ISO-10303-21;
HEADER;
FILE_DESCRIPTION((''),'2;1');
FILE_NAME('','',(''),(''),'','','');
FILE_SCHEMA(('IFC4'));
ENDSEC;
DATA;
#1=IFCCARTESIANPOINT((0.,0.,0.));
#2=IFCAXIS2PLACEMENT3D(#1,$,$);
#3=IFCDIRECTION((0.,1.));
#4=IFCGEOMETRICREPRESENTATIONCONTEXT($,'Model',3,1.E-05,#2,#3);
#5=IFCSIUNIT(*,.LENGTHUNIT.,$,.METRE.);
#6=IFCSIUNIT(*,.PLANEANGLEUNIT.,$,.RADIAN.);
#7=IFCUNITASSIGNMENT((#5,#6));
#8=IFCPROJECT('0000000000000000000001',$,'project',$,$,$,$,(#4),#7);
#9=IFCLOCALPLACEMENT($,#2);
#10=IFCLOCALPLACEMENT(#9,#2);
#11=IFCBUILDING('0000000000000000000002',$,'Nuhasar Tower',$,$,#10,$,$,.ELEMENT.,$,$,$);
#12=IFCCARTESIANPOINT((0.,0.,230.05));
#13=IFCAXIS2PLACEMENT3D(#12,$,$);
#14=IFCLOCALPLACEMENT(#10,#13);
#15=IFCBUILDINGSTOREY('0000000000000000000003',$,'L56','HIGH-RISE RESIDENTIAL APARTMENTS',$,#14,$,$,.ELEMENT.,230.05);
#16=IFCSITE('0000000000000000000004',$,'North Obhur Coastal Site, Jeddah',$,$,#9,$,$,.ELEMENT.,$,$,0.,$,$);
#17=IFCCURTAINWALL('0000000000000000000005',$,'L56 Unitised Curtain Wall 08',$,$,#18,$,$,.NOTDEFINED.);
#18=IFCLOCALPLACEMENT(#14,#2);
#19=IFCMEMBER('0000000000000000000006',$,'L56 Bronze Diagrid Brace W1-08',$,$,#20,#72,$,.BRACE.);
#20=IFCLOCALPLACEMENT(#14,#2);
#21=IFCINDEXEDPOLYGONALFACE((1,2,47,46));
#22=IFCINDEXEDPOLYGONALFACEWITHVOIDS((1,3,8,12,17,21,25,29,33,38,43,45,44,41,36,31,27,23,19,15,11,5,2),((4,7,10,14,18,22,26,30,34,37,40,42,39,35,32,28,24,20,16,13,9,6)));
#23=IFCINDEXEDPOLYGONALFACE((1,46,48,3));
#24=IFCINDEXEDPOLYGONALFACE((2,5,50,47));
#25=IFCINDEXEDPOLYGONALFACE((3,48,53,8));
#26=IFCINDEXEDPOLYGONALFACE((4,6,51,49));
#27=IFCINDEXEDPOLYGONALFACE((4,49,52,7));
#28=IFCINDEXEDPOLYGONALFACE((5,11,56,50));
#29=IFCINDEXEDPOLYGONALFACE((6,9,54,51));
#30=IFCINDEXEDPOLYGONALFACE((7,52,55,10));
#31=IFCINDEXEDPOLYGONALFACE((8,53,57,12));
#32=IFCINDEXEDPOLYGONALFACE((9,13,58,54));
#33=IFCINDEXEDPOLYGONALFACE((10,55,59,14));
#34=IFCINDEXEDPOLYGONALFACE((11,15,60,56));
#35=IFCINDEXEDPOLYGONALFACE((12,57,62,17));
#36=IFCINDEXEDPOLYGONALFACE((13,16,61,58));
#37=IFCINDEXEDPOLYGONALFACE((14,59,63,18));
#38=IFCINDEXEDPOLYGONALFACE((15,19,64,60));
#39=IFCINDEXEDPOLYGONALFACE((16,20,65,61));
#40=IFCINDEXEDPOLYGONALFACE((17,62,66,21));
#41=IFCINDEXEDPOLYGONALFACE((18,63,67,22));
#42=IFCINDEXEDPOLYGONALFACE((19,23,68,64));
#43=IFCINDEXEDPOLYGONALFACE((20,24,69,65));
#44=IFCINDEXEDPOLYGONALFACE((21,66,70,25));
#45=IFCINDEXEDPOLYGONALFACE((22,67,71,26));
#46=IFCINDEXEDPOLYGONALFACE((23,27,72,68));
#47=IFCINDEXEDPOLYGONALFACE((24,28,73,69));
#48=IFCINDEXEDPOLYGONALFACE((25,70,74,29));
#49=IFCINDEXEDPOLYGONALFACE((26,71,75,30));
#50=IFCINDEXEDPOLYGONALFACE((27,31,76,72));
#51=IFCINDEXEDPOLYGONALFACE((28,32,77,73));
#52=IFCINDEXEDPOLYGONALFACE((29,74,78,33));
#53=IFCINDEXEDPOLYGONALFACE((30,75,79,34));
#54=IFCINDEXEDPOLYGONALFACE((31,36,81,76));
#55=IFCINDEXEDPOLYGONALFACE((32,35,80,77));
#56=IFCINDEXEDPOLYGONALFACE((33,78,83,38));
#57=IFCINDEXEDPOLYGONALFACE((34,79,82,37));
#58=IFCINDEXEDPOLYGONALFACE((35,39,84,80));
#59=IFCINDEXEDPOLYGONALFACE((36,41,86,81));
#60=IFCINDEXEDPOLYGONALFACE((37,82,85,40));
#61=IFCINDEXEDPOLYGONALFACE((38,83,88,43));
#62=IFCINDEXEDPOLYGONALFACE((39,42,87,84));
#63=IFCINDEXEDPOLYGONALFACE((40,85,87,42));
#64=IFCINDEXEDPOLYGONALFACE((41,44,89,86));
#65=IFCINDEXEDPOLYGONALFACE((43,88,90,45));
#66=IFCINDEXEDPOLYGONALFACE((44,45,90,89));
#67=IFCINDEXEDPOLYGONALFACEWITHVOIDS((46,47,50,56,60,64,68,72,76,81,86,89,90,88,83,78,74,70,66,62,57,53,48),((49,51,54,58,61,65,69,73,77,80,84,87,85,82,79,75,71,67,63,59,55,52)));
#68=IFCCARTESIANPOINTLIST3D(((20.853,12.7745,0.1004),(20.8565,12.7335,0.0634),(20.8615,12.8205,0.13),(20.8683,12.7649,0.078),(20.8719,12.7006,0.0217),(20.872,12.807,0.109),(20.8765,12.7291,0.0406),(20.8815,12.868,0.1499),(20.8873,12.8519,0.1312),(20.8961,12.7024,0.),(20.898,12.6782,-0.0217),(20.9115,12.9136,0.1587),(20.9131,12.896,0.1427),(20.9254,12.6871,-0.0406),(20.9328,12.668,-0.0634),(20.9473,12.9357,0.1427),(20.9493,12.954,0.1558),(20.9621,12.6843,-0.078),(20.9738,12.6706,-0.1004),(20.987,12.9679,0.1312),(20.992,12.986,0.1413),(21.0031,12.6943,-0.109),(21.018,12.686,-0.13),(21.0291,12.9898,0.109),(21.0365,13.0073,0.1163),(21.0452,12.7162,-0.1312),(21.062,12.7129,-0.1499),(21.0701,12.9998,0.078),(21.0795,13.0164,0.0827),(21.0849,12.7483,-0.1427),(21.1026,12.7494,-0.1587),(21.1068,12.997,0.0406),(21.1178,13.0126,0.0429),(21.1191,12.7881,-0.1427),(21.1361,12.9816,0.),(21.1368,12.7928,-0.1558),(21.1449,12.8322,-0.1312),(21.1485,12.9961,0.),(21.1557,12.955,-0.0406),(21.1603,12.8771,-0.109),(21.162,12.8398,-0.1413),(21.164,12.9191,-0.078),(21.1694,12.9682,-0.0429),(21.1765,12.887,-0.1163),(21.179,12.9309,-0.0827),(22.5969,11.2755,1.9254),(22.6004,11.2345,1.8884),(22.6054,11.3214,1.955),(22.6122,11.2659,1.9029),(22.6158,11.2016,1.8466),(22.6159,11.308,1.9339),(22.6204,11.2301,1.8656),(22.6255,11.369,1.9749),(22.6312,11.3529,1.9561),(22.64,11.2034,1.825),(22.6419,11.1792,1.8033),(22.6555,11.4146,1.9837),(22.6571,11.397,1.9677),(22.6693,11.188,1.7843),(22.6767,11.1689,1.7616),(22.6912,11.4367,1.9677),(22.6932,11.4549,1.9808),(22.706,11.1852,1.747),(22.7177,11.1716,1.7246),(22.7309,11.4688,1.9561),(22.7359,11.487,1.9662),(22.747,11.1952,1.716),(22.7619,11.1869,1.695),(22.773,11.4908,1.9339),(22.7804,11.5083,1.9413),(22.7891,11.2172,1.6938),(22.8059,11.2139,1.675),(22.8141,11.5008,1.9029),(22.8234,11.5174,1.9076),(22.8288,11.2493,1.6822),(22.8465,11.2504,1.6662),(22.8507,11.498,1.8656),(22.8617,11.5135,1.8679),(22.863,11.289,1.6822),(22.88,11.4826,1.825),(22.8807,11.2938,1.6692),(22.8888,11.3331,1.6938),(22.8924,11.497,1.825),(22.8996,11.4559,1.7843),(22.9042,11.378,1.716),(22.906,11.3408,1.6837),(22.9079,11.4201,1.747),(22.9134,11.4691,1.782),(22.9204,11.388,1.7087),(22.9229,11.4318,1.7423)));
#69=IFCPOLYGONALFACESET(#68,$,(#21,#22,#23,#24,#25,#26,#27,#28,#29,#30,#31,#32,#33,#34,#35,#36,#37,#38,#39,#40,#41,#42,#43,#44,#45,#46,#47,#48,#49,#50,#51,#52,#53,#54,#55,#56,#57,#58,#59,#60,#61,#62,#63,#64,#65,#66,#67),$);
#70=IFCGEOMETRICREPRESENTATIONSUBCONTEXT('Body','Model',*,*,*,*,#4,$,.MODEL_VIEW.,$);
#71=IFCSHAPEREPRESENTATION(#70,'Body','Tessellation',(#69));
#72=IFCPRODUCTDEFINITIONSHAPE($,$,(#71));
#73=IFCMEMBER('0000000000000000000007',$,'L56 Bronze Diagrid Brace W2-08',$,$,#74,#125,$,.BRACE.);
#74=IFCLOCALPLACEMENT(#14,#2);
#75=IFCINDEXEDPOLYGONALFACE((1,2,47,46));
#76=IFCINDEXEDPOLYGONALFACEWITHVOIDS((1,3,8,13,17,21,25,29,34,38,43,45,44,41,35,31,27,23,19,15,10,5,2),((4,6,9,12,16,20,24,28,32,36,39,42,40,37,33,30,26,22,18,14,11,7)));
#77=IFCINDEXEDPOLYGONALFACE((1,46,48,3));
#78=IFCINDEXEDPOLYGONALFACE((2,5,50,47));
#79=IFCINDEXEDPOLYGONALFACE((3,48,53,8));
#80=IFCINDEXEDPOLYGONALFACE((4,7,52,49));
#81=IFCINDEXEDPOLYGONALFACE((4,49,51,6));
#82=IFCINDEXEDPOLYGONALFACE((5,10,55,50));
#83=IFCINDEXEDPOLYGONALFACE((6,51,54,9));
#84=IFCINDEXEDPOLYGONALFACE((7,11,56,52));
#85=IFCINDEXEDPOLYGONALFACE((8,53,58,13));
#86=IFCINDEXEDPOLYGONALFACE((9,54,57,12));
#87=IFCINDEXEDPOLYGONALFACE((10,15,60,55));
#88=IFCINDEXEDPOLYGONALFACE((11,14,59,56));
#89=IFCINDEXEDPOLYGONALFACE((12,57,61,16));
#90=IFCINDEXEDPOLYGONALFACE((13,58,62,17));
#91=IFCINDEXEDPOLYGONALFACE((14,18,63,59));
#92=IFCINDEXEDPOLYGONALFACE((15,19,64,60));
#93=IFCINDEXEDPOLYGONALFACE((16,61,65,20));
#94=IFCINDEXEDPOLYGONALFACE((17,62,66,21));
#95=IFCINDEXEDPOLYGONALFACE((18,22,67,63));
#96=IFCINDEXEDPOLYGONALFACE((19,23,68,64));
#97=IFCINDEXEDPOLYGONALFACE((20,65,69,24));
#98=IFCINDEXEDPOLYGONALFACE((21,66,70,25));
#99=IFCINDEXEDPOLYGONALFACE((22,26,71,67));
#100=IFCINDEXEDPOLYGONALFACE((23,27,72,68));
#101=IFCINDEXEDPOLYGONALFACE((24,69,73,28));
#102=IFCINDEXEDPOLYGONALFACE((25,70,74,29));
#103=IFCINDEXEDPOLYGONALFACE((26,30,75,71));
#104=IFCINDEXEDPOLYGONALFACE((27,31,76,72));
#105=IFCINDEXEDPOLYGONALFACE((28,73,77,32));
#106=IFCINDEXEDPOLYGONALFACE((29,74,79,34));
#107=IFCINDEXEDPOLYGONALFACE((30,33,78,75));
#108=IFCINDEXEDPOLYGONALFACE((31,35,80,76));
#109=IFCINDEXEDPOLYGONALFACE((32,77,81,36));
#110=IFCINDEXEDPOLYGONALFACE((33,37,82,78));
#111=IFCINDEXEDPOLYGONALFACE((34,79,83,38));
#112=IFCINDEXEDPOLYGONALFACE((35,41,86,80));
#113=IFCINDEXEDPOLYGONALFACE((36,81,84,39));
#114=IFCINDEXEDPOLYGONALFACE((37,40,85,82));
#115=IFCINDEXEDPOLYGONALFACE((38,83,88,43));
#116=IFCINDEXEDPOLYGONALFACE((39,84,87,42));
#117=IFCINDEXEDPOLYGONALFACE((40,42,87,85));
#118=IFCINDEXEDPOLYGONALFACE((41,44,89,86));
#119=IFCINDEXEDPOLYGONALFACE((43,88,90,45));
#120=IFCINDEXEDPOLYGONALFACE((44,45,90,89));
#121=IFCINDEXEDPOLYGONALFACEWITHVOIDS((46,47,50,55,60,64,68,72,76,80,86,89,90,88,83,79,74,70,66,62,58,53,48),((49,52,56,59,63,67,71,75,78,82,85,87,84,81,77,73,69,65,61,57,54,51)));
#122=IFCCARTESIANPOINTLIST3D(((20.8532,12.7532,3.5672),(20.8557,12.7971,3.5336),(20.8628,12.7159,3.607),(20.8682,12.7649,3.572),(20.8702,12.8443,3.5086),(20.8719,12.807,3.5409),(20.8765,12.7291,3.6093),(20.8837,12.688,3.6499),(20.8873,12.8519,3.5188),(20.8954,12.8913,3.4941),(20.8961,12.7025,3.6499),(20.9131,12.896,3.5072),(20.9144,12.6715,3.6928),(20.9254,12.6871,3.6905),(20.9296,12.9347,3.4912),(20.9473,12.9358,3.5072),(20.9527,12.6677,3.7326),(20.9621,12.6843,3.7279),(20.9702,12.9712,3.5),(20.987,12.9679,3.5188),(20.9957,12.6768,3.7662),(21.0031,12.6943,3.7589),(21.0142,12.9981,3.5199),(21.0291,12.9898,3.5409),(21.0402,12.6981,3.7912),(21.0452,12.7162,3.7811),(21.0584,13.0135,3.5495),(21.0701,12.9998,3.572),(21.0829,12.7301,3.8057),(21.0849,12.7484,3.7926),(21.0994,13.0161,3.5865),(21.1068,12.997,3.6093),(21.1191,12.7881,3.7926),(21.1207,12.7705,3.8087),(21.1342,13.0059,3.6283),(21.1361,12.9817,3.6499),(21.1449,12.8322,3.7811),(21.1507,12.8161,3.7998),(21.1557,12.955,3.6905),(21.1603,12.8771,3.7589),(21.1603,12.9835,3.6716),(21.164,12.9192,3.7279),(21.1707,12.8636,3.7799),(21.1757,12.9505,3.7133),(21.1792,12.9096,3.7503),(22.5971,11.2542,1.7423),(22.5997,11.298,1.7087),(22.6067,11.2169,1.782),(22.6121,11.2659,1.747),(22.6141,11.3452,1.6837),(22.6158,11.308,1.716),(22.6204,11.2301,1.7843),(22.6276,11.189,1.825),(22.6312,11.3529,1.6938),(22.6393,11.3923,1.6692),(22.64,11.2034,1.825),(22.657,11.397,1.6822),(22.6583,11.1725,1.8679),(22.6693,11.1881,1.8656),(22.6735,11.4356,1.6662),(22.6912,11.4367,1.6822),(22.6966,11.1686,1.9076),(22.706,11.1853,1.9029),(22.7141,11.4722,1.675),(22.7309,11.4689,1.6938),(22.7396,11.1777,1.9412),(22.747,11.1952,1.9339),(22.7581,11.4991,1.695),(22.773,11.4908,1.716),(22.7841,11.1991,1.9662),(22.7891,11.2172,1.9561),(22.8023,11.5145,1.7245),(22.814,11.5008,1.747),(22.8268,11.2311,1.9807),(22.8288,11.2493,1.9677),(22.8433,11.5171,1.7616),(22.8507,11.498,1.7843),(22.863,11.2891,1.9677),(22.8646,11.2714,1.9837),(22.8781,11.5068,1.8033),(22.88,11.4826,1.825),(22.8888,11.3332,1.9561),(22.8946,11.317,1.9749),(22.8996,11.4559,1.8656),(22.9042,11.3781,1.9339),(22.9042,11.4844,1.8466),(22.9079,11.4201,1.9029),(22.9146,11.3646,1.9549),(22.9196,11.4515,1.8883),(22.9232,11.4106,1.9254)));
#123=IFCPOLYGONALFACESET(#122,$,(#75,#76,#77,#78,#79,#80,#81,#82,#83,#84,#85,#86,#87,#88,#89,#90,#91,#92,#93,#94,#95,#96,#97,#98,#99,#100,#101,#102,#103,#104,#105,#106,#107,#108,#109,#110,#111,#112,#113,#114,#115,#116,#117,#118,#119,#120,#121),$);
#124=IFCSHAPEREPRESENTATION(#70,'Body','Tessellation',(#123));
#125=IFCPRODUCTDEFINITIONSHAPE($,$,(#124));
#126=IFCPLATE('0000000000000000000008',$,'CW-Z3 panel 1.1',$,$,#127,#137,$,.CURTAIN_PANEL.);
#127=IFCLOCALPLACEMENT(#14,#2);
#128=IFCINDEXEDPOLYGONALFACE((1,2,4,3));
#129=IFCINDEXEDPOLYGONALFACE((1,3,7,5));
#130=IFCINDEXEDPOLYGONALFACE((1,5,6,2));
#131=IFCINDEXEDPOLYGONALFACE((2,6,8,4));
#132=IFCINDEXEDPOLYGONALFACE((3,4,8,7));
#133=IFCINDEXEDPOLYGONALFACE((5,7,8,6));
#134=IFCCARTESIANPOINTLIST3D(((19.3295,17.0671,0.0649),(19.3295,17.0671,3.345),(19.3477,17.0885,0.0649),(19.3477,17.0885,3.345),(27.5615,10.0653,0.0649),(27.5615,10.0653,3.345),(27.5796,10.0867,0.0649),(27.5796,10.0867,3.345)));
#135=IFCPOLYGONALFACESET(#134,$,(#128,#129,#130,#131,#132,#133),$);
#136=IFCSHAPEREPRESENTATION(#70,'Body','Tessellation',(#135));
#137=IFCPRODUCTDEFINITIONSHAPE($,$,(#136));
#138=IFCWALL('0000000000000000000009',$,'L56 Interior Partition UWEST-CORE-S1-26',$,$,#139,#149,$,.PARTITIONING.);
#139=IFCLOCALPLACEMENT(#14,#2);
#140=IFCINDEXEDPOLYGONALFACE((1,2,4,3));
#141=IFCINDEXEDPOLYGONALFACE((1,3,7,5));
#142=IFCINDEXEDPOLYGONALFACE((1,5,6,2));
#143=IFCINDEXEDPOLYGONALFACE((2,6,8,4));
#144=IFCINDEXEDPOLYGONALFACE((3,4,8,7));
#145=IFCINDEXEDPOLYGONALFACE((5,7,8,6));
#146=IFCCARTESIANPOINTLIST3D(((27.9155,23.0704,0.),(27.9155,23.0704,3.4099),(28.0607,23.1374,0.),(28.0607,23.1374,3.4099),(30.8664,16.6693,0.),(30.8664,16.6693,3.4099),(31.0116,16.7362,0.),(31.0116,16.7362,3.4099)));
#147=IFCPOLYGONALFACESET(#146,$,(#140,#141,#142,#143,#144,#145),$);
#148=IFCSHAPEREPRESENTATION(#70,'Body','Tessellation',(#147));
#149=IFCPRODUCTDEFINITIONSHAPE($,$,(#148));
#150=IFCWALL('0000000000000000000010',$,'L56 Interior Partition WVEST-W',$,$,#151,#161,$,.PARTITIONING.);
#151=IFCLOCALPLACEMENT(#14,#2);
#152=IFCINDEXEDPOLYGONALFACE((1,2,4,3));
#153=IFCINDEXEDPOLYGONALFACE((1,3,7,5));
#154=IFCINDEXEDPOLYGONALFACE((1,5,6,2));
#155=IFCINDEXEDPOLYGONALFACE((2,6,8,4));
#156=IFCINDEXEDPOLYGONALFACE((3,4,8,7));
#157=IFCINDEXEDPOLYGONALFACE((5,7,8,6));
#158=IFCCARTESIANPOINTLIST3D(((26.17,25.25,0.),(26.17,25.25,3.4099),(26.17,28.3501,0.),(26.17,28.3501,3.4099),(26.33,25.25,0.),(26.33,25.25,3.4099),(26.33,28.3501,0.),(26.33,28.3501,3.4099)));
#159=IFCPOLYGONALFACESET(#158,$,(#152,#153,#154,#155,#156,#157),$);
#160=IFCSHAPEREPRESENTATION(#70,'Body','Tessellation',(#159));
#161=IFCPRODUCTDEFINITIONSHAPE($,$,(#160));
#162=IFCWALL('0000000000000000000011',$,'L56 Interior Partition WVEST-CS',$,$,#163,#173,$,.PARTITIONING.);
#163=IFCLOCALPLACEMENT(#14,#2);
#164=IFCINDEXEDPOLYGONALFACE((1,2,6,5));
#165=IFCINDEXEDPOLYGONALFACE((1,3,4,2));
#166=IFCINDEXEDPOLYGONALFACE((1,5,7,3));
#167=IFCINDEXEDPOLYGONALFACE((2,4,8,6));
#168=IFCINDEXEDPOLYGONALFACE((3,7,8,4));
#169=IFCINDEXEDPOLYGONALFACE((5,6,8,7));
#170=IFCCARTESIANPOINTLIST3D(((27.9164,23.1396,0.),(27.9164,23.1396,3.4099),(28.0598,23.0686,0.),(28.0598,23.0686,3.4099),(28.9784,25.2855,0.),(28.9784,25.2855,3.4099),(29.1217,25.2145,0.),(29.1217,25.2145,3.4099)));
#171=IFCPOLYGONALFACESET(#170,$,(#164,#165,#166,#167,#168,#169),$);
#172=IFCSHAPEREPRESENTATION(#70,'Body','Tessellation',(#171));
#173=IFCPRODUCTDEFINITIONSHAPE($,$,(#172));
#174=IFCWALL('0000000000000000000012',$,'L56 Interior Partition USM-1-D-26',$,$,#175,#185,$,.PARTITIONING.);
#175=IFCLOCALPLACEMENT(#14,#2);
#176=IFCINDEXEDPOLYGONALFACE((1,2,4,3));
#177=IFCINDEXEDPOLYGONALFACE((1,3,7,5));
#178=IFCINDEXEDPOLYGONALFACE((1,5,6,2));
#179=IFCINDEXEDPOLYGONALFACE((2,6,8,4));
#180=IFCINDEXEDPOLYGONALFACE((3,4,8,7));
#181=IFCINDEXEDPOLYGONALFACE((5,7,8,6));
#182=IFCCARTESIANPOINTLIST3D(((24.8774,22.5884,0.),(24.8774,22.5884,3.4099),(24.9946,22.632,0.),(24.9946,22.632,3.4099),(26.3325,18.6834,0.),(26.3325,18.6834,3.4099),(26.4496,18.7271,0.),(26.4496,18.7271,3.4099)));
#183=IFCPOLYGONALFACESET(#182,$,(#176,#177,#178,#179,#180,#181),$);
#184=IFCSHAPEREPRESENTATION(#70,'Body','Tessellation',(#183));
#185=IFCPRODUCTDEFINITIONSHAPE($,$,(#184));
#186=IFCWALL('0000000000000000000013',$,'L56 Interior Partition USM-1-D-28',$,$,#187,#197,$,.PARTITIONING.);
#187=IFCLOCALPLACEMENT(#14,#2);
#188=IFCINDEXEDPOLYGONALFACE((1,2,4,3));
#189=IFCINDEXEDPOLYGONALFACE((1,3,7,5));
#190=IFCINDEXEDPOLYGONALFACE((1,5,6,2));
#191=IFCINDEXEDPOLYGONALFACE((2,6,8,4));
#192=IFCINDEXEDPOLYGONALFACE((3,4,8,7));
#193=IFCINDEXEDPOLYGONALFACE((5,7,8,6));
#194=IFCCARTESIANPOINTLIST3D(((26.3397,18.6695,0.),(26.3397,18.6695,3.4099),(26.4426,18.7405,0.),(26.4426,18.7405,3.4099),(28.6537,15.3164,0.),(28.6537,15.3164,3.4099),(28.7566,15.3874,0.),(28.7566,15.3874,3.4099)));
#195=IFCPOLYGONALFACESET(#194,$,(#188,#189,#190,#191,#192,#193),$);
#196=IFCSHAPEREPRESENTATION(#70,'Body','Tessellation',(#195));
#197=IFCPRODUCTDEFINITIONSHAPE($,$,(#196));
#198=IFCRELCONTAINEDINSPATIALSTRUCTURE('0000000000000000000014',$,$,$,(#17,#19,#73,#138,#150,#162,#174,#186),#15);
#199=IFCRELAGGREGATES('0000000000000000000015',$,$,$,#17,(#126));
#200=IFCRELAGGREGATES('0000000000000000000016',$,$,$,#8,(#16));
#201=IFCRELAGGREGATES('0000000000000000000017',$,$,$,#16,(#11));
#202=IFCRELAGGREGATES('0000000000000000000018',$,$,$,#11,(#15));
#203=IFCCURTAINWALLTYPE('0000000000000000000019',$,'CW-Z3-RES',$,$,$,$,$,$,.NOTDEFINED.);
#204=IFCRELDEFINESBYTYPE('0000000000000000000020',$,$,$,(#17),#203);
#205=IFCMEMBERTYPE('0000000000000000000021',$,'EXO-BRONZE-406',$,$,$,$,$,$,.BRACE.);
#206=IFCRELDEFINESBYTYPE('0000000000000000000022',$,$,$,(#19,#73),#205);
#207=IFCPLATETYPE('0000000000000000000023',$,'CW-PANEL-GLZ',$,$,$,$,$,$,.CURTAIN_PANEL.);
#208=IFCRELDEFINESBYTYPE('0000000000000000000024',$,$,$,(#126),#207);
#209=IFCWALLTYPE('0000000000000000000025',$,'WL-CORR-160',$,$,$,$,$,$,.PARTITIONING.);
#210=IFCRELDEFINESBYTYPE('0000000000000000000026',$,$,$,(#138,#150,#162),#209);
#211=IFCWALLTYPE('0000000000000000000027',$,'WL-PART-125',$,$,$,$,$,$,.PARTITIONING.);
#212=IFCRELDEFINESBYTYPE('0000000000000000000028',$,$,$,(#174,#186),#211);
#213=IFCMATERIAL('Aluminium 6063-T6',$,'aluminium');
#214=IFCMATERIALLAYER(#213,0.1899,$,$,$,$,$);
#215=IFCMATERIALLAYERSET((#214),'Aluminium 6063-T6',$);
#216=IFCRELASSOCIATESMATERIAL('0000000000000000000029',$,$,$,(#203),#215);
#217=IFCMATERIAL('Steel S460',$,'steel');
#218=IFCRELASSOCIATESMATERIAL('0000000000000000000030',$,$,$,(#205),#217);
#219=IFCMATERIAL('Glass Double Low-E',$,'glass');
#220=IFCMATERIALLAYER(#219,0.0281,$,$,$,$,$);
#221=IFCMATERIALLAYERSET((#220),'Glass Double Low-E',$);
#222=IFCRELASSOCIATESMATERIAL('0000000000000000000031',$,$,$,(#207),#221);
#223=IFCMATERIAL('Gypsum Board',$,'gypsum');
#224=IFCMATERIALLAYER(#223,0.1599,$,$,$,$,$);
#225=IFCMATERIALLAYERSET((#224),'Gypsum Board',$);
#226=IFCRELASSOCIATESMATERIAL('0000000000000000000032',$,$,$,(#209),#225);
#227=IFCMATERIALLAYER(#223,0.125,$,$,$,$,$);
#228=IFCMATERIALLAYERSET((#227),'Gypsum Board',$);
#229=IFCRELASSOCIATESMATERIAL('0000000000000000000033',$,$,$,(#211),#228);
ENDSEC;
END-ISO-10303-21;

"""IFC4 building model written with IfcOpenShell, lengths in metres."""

from ifc_helpers import new_model, si_unit, direction, frame, frame_2d, origin, origin_2d, place, context, subcontext, project, spatial, rectangle, hollow_circle, extrude, material, layer, layer_set, material_profile, profile_set, type_object, element, aggregate, save


model = new_model("IFC4")

# Units and contexts
model_context = context("Model", 3, precision=1e-05, world=origin(), true_north=direction((0.0, 1.0)))
body_context = subcontext(model_context, "Body", "Model", "MODEL_VIEW")
ifc_project = project(units=[si_unit("LENGTHUNIT", "METRE"), si_unit("PLANEANGLEUNIT", "RADIAN")], contexts=[model_context])

# Site, building, storey
site_placement = place(None, origin())
site = spatial("IfcSite", under=ifc_project, at=site_placement, Name="North Obhur Coastal Site, Jeddah", CompositionType="ELEMENT", RefElevation=0.0)
building_placement = place(site_placement, origin())
building = spatial("IfcBuilding", under=site, at=building_placement, Name="Nuhasar Tower", CompositionType="ELEMENT")
storey_placement = place(building_placement, frame((0.0, 0.0, 230.05)))
storey = spatial("IfcBuildingStorey", under=building, at=storey_placement, Name="L56", Description="HIGH-RISE RESIDENTIAL APARTMENTS", CompositionType="ELEMENT", Elevation=230.05)

# Curtain wall
ifc_material_1 = material(Name="Aluminium 6063-T6", Category="aluminium")
ifc_layer_1 = layer(ifc_material_1, 0.1899)
ifc_layer_set_1 = layer_set([ifc_layer_1], Name="Aluminium 6063-T6")
curtain_wall_type = type_object("IfcCurtainWallType", Name="CW-Z3-RES", PredefinedType="NOTDEFINED", material=ifc_layer_set_1)
curtain_wall_1_placement = place(storey_placement, origin())
curtain_wall_1 = element("IfcCurtainWall", 1, at=curtain_wall_1_placement, inside=storey, type_object=curtain_wall_type, Name="L56 Unitised Curtain Wall 08", PredefinedType="NOTDEFINED")

# Members
ifc_material_2 = material(Name="Steel S460", Category="steel")
ifc_material_profile_1 = material_profile(ifc_material_2, hollow_circle(Radius=0.2031, WallThickness=0.019, at=origin_2d()), Name="HSS406.4X19.1")
ifc_profile_set_1 = profile_set([ifc_material_profile_1], Name="Steel S460")
member_type_1 = type_object("IfcMemberType", Name="EXO-BRONZE-406", PredefinedType="BRACE", material=ifc_profile_set_1)
for number, where, z_axis, x_axis, name in (
    (2, (21.0161, 12.842, 0.0), (0.594019, -0.510608, 0.621628), (0.651857, 0.758342, 0.0), "L56 Bronze Diagrid Brace W1-08"),
    (3, (22.76, 11.343, 1.825), (-0.594019, 0.510608, 0.621628), (-0.651857, -0.758342, 0.0), "L56 Bronze Diagrid Brace W2-08"),
):
    element("IfcMember", number, at=place(storey_placement, frame(where, z_axis=z_axis, x_axis=x_axis)), inside=storey, type_object=member_type_1, Name=name, PredefinedType="BRACE", context=body_context, shape_type="SweptSolid", body=[
        extrude(hollow_circle(Radius=0.2031, WallThickness=0.019, at=origin_2d()), origin(), (0.0, 0.0, 1.0), 2.9358),
    ])

# Plate
ifc_material_3 = material(Name="Glass Double Low-E", Category="glass")
ifc_layer_2 = layer(ifc_material_3, 0.0281)
ifc_layer_set_2 = layer_set([ifc_layer_2], Name="Glass Double Low-E")
plate_type = type_object("IfcPlateType", Name="CW-PANEL-GLZ", PredefinedType="CURTAIN_PANEL", material=ifc_layer_set_2)
plate_placement = place(storey_placement, frame((23.4546, 13.5769, 0.0649), z_axis=(0.0, 0.0, 1.0), x_axis=(0.761729, -0.647895, 0.0)))
plate = element("IfcPlate", 4, at=plate_placement, type_object=plate_type, Name="CW-Z3 panel 1.1", PredefinedType="CURTAIN_PANEL", context=body_context, shape_type="SweptSolid", body=[
    extrude(rectangle(XDim=10.8069, YDim=0.0281, at=origin_2d()), origin(), (0.0, 0.0, 1.0), 3.28),
])
aggregate(curtain_wall_1, [plate])

# Wall
ifc_material_4 = material(Name="Gypsum Board", Category="gypsum")
ifc_layer_3 = layer(ifc_material_4, 0.1599)
ifc_layer_set_3 = layer_set([ifc_layer_3], Name="Gypsum Board")
wall_type_1 = type_object("IfcWallType", Name="WL-CORR-160", PredefinedType="PARTITIONING", material=ifc_layer_set_3)
wall_1_placement = place(storey_placement, frame((27.988, 23.104, 0.0), z_axis=(0.0, 0.0, 1.0), x_axis=(0.418656, -0.908145, 0.0)))
element("IfcWall", 5, at=wall_1_placement, inside=storey, type_object=wall_type_1, Name="L56 Interior Partition UWEST-CORE-S1-26", PredefinedType="PARTITIONING", context=body_context, shape_type="SweptSolid", body=[
    extrude(rectangle(XDim=7.0486, YDim=0.1599, at=frame_2d((3.5244, 0.0))), origin(), (0.0, 0.0, 1.0), 3.4099),
])

# Walls
wall_2_placement = place(storey_placement, frame((26.25, 25.25, 0.0), z_axis=(0.0, 0.0, 1.0), x_axis=(0.0, 1.0, 0.0)))
element("IfcWall", 6, at=wall_2_placement, inside=storey, type_object=wall_type_1, Name="L56 Interior Partition WVEST-W", PredefinedType="PARTITIONING", context=body_context, shape_type="SweptSolid", body=[
    extrude(rectangle(XDim=3.1001, YDim=0.1599, at=frame_2d((1.55, 0.0))), origin(), (0.0, 0.0, 1.0), 3.4099),
])
wall_3_placement = place(storey_placement, frame((27.988, 23.104, 0.0), z_axis=(0.0, 0.0, 1.0), x_axis=(0.443539, 0.896255, 0.0)))
element("IfcWall", 7, at=wall_3_placement, inside=storey, type_object=wall_type_1, Name="L56 Interior Partition WVEST-CS", PredefinedType="PARTITIONING", context=body_context, shape_type="SweptSolid", body=[
    extrude(rectangle(XDim=2.3943, YDim=0.1599, at=frame_2d((1.1973, 0.0))), origin(), (0.0, 0.0, 1.0), 3.4099),
])
ifc_layer_4 = layer(ifc_material_4, 0.125)
ifc_layer_set_4 = layer_set([ifc_layer_4], Name="Gypsum Board")
wall_type_2 = type_object("IfcWallType", Name="WL-PART-125", PredefinedType="PARTITIONING", material=ifc_layer_set_4)
wall_4_placement = place(storey_placement, frame((24.936, 22.6101, 0.0), z_axis=(0.0, 0.0, 1.0), x_axis=(0.349165, -0.937061, 0.0)))
element("IfcWall", 8, at=wall_4_placement, inside=storey, type_object=wall_type_2, Name="L56 Interior Partition USM-1-D-26", PredefinedType="PARTITIONING", context=body_context, shape_type="SweptSolid", body=[
    extrude(rectangle(XDim=4.1672, YDim=0.125, at=frame_2d((2.0835, 0.0))), origin(), (0.0, 0.0, 1.0), 3.4099),
])
wall_5_placement = place(storey_placement, frame((26.3911, 18.7051, 0.0), z_axis=(0.0, 0.0, 1.0), x_axis=(0.567988, -0.823037, 0.0)))
element("IfcWall", 9, at=wall_5_placement, inside=storey, type_object=wall_type_2, Name="L56 Interior Partition USM-1-D-28", PredefinedType="PARTITIONING", context=body_context, shape_type="SweptSolid", body=[
    extrude(rectangle(XDim=4.074, YDim=0.125, at=frame_2d((2.0371, 0.0))), origin(), (0.0, 0.0, 1.0), 3.4099),
])

save(model, "model.ifc")
